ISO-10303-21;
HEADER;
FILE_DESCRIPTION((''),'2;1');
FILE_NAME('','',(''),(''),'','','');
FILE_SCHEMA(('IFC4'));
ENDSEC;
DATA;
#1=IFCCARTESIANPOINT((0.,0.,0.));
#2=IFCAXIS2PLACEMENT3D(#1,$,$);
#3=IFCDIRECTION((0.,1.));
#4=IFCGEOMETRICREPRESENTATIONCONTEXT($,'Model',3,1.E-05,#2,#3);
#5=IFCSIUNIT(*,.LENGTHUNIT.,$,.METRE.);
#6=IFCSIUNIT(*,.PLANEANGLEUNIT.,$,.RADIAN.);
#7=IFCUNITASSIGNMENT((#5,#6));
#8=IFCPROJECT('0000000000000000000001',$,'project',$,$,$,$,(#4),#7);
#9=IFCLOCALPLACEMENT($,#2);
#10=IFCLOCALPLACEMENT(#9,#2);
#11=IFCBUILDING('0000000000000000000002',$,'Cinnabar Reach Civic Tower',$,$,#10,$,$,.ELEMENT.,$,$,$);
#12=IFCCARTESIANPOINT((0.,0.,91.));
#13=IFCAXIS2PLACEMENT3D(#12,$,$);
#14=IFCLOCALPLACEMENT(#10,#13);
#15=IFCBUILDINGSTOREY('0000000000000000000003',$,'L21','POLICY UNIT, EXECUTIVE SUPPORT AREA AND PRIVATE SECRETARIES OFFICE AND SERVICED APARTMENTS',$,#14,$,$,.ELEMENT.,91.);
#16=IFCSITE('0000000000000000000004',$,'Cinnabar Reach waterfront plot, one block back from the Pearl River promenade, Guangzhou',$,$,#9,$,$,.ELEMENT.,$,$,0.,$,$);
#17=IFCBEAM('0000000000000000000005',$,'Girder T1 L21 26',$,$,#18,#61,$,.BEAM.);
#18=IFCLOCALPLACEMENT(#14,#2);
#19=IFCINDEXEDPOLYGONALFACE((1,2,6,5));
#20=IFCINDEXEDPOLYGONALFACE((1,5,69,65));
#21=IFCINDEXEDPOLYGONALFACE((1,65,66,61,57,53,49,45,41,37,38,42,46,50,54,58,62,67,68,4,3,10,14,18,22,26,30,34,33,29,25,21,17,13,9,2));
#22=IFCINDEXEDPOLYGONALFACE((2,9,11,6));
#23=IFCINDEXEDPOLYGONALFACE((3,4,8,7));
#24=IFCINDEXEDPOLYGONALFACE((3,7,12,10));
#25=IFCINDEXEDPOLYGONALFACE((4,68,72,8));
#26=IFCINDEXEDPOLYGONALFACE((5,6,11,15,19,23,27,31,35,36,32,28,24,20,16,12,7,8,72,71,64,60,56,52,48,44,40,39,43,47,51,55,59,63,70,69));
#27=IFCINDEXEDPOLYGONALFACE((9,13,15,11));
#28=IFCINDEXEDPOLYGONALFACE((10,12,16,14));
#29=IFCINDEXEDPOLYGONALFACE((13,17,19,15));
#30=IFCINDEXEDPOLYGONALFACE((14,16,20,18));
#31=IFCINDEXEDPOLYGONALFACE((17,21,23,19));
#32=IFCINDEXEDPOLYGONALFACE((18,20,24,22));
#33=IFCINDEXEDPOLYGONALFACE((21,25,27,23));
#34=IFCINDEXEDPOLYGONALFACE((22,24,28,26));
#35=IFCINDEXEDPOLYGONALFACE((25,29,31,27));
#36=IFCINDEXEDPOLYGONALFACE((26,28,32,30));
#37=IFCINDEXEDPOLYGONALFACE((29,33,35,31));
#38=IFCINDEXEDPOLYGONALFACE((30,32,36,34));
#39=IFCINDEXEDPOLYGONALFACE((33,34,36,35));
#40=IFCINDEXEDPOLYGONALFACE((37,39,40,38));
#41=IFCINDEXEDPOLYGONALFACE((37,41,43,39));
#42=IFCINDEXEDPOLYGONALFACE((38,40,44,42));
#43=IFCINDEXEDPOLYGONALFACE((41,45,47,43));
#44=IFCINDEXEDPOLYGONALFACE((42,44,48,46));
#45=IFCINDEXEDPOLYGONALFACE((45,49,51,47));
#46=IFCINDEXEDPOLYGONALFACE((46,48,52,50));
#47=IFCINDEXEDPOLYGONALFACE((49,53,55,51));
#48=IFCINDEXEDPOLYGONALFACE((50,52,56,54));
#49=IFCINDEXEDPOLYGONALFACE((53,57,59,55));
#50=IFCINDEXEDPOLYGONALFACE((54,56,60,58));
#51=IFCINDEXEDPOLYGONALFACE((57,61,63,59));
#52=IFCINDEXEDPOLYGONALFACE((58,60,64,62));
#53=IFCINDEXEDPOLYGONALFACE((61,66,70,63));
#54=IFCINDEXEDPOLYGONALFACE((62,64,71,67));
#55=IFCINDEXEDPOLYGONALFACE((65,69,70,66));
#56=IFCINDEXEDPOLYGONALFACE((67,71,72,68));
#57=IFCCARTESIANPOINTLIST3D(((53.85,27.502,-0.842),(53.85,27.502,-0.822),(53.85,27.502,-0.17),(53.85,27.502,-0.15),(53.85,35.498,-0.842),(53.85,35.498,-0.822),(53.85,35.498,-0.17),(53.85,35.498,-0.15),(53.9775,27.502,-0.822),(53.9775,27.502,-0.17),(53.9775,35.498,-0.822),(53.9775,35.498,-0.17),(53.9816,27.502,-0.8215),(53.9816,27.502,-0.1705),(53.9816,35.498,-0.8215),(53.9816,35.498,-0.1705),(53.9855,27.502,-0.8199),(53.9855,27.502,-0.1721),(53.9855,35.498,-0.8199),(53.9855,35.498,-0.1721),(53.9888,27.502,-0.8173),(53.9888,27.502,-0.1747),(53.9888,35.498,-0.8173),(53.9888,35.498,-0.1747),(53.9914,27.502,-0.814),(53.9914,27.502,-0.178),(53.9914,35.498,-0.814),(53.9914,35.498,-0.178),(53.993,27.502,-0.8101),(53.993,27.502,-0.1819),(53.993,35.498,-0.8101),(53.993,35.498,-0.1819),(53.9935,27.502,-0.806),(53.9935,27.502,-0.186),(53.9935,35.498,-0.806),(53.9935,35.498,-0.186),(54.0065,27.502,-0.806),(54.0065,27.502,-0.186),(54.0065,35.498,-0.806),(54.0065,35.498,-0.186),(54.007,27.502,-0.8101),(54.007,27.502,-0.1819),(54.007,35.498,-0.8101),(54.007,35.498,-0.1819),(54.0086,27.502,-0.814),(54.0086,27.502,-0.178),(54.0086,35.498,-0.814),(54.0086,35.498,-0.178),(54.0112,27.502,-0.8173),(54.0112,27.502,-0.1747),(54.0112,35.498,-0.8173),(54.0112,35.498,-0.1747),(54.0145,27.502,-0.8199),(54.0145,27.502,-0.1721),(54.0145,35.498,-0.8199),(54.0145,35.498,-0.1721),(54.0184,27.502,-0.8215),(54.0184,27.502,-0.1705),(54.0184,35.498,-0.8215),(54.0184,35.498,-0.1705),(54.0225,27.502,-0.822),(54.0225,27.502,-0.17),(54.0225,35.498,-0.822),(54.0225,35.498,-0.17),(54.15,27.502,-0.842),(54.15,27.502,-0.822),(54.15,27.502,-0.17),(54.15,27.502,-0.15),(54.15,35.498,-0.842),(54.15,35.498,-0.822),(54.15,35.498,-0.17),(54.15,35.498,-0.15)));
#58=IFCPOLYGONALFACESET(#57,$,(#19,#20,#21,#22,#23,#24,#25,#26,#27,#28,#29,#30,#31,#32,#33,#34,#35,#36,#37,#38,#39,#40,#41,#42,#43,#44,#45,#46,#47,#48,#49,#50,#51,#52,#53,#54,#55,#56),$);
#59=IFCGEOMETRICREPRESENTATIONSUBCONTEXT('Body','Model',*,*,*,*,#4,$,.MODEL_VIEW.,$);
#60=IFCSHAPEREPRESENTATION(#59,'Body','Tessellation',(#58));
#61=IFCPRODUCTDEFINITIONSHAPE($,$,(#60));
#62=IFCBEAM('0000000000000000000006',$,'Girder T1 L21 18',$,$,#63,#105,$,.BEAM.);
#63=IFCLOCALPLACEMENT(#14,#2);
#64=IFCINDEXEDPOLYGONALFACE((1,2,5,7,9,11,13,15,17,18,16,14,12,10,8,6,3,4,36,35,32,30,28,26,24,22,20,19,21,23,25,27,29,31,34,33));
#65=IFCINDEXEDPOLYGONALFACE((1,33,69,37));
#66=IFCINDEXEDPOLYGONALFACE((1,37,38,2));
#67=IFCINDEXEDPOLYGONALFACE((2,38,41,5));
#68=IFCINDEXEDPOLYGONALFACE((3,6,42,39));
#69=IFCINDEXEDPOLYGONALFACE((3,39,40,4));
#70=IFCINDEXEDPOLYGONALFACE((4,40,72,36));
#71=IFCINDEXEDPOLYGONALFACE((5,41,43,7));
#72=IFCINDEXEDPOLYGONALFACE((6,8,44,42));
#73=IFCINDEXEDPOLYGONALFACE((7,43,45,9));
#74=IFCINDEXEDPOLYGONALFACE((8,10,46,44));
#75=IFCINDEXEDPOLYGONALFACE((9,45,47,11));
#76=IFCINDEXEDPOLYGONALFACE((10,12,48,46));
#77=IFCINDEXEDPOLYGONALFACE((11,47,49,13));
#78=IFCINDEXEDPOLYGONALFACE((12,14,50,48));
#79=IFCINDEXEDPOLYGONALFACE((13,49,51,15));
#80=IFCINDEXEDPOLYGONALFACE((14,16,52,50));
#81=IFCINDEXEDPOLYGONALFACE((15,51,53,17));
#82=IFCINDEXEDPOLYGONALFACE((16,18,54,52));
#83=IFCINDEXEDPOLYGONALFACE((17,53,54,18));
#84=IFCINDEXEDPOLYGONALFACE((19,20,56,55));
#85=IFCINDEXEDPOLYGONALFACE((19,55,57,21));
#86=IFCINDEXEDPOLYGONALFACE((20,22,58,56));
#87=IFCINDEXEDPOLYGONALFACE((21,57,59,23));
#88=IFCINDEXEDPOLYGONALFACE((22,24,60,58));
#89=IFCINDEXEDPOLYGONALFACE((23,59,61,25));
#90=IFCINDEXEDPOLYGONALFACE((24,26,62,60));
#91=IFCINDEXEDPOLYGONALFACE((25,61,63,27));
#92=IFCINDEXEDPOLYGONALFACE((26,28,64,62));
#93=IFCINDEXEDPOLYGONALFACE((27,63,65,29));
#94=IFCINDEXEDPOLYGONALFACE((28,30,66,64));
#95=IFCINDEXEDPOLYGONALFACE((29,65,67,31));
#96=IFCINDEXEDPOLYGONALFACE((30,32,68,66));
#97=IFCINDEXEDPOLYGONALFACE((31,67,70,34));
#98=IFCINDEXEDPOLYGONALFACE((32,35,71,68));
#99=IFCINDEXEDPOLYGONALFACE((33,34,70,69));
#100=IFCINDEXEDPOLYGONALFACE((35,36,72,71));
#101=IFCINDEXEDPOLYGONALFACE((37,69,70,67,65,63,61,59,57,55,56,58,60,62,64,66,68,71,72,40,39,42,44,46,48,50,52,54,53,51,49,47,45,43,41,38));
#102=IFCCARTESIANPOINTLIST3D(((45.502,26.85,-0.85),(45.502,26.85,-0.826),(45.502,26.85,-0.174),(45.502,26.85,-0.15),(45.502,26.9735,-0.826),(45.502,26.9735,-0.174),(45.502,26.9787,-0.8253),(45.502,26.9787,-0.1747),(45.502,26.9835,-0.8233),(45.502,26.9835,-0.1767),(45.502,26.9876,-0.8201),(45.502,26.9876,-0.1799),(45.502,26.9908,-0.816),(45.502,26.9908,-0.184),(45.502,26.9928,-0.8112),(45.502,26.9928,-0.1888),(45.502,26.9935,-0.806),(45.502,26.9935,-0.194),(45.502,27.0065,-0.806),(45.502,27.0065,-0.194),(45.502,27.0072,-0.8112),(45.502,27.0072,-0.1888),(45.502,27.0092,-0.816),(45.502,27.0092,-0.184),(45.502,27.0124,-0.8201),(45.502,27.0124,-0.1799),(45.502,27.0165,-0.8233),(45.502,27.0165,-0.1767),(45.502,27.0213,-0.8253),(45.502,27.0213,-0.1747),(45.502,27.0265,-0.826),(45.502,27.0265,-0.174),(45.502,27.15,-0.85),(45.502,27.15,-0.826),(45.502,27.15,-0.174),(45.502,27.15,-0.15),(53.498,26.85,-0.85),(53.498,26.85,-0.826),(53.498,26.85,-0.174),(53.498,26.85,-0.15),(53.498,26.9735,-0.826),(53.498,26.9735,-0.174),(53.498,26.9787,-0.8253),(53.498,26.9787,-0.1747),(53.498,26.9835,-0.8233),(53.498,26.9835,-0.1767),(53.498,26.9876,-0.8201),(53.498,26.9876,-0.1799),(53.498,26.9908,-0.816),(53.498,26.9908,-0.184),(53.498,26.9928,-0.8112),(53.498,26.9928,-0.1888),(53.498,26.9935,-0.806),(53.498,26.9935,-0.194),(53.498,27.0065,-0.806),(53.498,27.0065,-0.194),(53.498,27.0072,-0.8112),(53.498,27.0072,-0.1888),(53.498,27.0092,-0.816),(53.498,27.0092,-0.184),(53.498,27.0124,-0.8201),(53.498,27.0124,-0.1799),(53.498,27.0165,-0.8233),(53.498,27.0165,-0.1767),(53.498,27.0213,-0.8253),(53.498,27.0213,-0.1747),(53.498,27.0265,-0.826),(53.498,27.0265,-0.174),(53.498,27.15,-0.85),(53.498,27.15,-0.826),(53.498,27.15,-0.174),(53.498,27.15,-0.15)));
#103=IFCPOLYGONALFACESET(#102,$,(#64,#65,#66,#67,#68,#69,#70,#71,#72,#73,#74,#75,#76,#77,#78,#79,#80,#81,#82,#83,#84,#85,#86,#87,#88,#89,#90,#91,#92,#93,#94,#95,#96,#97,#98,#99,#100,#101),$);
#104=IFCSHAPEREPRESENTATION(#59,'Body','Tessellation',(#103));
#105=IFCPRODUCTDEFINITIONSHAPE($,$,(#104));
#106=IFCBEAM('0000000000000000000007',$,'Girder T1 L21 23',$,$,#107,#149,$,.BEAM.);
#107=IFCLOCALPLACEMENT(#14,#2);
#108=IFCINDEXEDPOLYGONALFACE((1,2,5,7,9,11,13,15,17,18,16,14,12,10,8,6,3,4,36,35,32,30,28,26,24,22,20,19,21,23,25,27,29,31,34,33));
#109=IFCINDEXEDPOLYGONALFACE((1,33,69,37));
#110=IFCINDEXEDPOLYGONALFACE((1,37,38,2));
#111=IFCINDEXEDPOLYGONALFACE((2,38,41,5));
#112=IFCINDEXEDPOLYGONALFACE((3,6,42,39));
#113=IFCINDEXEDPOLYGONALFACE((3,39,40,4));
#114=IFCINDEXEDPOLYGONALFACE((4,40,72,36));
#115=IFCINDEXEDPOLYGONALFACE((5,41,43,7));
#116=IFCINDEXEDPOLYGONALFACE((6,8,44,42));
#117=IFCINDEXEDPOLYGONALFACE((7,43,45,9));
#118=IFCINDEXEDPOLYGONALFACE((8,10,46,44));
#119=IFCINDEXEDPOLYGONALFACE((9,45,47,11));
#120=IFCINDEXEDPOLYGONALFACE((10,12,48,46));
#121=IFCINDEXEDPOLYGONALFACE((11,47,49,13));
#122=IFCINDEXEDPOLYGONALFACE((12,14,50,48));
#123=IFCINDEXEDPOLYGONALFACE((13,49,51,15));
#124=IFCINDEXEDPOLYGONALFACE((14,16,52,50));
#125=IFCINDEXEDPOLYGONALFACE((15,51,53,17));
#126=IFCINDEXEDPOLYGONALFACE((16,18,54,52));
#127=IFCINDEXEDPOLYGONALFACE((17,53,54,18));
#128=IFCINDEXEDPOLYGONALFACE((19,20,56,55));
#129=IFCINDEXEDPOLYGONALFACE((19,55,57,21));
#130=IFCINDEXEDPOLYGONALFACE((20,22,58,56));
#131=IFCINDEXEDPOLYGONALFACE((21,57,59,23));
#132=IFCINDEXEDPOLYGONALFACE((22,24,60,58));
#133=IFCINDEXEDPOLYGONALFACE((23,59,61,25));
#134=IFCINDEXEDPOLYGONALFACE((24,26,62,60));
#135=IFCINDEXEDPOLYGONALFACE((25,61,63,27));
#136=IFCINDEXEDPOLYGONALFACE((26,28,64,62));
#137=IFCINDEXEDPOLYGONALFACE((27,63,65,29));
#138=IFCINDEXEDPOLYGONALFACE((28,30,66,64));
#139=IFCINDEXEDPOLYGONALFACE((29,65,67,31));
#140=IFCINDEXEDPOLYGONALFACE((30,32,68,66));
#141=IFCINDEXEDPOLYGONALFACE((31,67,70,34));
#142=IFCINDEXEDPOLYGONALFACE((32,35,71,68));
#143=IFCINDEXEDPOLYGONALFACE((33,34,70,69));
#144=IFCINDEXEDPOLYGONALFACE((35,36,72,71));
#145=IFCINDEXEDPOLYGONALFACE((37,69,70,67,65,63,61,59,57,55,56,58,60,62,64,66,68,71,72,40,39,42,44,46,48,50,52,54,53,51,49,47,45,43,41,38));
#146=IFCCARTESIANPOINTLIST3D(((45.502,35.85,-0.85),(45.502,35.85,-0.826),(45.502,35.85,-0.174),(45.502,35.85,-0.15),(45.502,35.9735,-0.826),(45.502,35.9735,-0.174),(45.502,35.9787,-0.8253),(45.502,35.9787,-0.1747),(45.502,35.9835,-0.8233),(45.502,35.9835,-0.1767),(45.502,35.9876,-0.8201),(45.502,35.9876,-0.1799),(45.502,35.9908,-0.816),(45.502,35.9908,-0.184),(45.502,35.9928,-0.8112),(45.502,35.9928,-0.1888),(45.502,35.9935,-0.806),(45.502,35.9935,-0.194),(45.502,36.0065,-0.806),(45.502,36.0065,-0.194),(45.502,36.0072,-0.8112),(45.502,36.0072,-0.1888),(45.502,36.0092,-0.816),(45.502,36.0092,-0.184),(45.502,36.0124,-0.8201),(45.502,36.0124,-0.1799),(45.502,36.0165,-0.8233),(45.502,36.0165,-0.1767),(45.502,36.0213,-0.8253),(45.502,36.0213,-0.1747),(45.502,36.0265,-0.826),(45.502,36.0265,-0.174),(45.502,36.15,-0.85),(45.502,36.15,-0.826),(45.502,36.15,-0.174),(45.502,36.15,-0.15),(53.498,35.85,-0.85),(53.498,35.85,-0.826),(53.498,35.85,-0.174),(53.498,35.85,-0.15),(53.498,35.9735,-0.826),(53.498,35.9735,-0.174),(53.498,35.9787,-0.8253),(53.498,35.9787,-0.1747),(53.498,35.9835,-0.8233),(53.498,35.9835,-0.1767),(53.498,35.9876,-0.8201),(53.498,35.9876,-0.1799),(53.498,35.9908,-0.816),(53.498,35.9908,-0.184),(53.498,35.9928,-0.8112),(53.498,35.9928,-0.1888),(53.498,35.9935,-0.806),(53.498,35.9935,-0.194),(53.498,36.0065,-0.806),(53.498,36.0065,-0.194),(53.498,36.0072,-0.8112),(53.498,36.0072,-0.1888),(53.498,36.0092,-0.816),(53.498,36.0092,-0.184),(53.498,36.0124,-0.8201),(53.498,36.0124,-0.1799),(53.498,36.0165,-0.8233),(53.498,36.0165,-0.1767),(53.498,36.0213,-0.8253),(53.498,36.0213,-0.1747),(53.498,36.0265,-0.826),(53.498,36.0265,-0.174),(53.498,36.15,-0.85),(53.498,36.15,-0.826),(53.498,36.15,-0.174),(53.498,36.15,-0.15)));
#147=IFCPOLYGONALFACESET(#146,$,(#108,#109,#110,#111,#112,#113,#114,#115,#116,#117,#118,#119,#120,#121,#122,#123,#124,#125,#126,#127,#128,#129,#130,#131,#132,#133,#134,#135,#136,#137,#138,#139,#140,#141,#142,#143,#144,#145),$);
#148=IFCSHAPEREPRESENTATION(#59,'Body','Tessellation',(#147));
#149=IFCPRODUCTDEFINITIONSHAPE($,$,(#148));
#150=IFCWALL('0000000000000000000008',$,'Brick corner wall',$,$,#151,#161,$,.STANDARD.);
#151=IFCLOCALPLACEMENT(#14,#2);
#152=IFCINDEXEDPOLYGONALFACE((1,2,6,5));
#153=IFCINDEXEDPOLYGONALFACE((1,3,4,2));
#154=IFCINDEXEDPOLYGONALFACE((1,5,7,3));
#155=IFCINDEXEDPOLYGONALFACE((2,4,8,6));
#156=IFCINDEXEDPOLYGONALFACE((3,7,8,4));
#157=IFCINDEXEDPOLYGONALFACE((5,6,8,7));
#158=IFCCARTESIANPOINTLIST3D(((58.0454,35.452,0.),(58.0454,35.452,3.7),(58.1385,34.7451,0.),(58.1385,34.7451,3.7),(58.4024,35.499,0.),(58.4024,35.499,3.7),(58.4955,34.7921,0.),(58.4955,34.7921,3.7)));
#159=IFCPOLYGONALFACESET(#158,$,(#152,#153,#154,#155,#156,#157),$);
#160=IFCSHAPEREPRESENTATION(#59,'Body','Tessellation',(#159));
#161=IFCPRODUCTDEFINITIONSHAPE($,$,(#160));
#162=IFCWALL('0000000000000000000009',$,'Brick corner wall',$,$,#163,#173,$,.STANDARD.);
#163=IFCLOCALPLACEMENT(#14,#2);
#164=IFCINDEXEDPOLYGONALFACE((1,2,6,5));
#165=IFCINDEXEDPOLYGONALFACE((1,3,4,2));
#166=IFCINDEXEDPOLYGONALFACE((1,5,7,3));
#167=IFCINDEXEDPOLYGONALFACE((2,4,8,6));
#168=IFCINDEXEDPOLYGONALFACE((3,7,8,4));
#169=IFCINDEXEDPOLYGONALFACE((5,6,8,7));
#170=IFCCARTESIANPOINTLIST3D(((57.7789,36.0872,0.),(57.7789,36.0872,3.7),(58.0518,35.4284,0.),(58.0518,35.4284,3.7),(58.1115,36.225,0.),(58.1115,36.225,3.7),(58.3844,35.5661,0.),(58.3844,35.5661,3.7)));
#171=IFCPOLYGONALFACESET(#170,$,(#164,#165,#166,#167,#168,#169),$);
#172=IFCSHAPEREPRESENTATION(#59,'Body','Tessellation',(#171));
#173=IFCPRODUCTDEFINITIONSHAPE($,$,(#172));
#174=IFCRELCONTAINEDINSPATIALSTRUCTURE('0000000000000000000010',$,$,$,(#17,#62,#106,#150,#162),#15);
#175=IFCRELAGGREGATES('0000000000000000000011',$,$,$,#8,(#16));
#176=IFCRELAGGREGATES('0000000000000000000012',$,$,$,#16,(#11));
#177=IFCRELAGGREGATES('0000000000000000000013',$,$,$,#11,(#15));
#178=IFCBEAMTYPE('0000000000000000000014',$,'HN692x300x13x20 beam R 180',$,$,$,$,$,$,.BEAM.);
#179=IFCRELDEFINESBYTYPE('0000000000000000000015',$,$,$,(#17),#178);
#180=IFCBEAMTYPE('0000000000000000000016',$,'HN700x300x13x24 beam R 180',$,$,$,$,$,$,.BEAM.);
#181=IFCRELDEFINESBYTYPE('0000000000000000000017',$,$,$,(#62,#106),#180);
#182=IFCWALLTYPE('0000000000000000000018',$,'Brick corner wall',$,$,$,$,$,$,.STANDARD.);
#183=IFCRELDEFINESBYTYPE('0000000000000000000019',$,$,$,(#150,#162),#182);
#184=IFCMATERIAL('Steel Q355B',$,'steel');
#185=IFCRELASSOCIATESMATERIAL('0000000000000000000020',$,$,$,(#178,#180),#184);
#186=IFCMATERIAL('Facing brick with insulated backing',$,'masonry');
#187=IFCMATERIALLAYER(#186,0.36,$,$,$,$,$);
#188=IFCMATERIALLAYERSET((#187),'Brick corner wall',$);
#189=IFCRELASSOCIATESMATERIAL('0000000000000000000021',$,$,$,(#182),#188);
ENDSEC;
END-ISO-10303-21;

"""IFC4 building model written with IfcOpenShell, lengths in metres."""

from ifc_helpers import new_model, si_unit, direction, frame, frame_2d, origin, origin_2d, place, context, subcontext, project, spatial, rectangle, i_section, extrude, material, layer, layer_set, material_profile, profile_set, type_object, element, save


model = new_model("IFC4")

# Units and contexts
model_context = context("Model", 3, precision=1e-05, world=origin(), true_north=direction((0.0, 1.0)))
body_context = subcontext(model_context, "Body", "Model", "MODEL_VIEW")
ifc_project = project(units=[si_unit("LENGTHUNIT", "METRE"), si_unit("PLANEANGLEUNIT", "RADIAN")], contexts=[model_context])

# Site, building, storey
site_placement = place(None, origin())
site = spatial("IfcSite", under=ifc_project, at=site_placement, Name="Cinnabar Reach waterfront plot, one block back from the Pearl River promenade, Guangzhou", CompositionType="ELEMENT", RefElevation=0.0)
building_placement = place(site_placement, origin())
building = spatial("IfcBuilding", under=site, at=building_placement, Name="Cinnabar Reach Civic Tower", CompositionType="ELEMENT")
storey_placement = place(building_placement, frame((0.0, 0.0, 91.0)))
storey = spatial("IfcBuildingStorey", under=building, at=storey_placement, Name="L21", Description="POLICY UNIT, EXECUTIVE SUPPORT AREA AND PRIVATE SECRETARIES OFFICE AND SERVICED APARTMENTS", CompositionType="ELEMENT", Elevation=91.0)

# Beams
ifc_material_1 = material(Name="Steel Q355B", Category="steel")
ifc_material_profile_1 = material_profile(ifc_material_1, i_section(OverallWidth=0.3, OverallDepth=0.692, WebThickness=0.013, FlangeThickness=0.02, FilletRadius=0.016, at=origin_2d()), Name="HN692x300x13x20")
ifc_profile_set_1 = profile_set([ifc_material_profile_1], Name="Steel Q355B")
beam_type_1 = type_object("IfcBeamType", Name="HN692x300x13x20 beam R 180", PredefinedType="BEAM", material=ifc_profile_set_1)
for number, where, z_axis, x_axis, name in (
    (1, (54.0, 27.502, -0.496), (0.0, 1.0, 0.0), (-1.0, 0.0, 0.0), "Girder T1 L21 26"),
):
    element("IfcBeam", number, at=place(storey_placement, frame(where, z_axis=z_axis, x_axis=x_axis)), inside=storey, type_object=beam_type_1, Name=name, PredefinedType="BEAM", context=body_context, shape_type="SweptSolid", body=[
        extrude(i_section(OverallWidth=0.3, OverallDepth=0.692, WebThickness=0.013, FlangeThickness=0.02, FilletRadius=0.016, at=origin_2d()), origin(), (0.0, 0.0, 1.0), 7.996),
    ])
ifc_material_profile_2 = material_profile(ifc_material_1, i_section(OverallWidth=0.3, OverallDepth=0.7, WebThickness=0.013, FlangeThickness=0.024, FilletRadius=0.02, at=origin_2d()), Name="HN700x300x13x24")
ifc_profile_set_2 = profile_set([ifc_material_profile_2], Name="Steel Q355B")
beam_type_2 = type_object("IfcBeamType", Name="HN700x300x13x24 beam R 180", PredefinedType="BEAM", material=ifc_profile_set_2)
for number, where, z_axis, x_axis, name in (
    (2, (45.502, 27.0, -0.5), (1.0, 0.0, 0.0), (0.0, 1.0, 0.0), "Girder T1 L21 18"),
    (3, (45.502, 36.0, -0.5), (1.0, 0.0, 0.0), (0.0, 1.0, 0.0), "Girder T1 L21 23"),
):
    element("IfcBeam", number, at=place(storey_placement, frame(where, z_axis=z_axis, x_axis=x_axis)), inside=storey, type_object=beam_type_2, Name=name, PredefinedType="BEAM", context=body_context, shape_type="SweptSolid", body=[
        extrude(i_section(OverallWidth=0.3, OverallDepth=0.7, WebThickness=0.013, FlangeThickness=0.024, FilletRadius=0.02, at=origin_2d()), origin(), (0.0, 0.0, 1.0), 7.996),
    ])

# Walls
ifc_material_2 = material(Name="Facing brick with insulated backing", Category="masonry")
ifc_layer = layer(ifc_material_2, 0.36)
ifc_layer_set = layer_set([ifc_layer], Name="Brick corner wall")
wall_type = type_object("IfcWallType", Name="Brick corner wall", PredefinedType="STANDARD", material=ifc_layer_set)
for number, where, z_axis, x_axis, name in (
    (4, (58.317, 34.7686, 0.0), (0.0, 0.0, 1.0), (-0.130556, 0.991441, 0.0), "Brick corner wall"),
    (5, (58.2181, 35.4973, 0.0), (0.0, 0.0, 1.0), (-0.382703, 0.923872, 0.0), "Brick corner wall"),
):
    element("IfcWall", number, at=place(storey_placement, frame(where, z_axis=z_axis, x_axis=x_axis)), inside=storey, type_object=wall_type, Name=name, PredefinedType="STANDARD", context=body_context, shape_type="SweptSolid", body=[
        extrude(rectangle(XDim=0.7131, YDim=0.36, at=frame_2d((0.3565, 0.0))), origin(), (0.0, 0.0, 1.0), 3.7),
    ])

save(model, "model.ifc")
